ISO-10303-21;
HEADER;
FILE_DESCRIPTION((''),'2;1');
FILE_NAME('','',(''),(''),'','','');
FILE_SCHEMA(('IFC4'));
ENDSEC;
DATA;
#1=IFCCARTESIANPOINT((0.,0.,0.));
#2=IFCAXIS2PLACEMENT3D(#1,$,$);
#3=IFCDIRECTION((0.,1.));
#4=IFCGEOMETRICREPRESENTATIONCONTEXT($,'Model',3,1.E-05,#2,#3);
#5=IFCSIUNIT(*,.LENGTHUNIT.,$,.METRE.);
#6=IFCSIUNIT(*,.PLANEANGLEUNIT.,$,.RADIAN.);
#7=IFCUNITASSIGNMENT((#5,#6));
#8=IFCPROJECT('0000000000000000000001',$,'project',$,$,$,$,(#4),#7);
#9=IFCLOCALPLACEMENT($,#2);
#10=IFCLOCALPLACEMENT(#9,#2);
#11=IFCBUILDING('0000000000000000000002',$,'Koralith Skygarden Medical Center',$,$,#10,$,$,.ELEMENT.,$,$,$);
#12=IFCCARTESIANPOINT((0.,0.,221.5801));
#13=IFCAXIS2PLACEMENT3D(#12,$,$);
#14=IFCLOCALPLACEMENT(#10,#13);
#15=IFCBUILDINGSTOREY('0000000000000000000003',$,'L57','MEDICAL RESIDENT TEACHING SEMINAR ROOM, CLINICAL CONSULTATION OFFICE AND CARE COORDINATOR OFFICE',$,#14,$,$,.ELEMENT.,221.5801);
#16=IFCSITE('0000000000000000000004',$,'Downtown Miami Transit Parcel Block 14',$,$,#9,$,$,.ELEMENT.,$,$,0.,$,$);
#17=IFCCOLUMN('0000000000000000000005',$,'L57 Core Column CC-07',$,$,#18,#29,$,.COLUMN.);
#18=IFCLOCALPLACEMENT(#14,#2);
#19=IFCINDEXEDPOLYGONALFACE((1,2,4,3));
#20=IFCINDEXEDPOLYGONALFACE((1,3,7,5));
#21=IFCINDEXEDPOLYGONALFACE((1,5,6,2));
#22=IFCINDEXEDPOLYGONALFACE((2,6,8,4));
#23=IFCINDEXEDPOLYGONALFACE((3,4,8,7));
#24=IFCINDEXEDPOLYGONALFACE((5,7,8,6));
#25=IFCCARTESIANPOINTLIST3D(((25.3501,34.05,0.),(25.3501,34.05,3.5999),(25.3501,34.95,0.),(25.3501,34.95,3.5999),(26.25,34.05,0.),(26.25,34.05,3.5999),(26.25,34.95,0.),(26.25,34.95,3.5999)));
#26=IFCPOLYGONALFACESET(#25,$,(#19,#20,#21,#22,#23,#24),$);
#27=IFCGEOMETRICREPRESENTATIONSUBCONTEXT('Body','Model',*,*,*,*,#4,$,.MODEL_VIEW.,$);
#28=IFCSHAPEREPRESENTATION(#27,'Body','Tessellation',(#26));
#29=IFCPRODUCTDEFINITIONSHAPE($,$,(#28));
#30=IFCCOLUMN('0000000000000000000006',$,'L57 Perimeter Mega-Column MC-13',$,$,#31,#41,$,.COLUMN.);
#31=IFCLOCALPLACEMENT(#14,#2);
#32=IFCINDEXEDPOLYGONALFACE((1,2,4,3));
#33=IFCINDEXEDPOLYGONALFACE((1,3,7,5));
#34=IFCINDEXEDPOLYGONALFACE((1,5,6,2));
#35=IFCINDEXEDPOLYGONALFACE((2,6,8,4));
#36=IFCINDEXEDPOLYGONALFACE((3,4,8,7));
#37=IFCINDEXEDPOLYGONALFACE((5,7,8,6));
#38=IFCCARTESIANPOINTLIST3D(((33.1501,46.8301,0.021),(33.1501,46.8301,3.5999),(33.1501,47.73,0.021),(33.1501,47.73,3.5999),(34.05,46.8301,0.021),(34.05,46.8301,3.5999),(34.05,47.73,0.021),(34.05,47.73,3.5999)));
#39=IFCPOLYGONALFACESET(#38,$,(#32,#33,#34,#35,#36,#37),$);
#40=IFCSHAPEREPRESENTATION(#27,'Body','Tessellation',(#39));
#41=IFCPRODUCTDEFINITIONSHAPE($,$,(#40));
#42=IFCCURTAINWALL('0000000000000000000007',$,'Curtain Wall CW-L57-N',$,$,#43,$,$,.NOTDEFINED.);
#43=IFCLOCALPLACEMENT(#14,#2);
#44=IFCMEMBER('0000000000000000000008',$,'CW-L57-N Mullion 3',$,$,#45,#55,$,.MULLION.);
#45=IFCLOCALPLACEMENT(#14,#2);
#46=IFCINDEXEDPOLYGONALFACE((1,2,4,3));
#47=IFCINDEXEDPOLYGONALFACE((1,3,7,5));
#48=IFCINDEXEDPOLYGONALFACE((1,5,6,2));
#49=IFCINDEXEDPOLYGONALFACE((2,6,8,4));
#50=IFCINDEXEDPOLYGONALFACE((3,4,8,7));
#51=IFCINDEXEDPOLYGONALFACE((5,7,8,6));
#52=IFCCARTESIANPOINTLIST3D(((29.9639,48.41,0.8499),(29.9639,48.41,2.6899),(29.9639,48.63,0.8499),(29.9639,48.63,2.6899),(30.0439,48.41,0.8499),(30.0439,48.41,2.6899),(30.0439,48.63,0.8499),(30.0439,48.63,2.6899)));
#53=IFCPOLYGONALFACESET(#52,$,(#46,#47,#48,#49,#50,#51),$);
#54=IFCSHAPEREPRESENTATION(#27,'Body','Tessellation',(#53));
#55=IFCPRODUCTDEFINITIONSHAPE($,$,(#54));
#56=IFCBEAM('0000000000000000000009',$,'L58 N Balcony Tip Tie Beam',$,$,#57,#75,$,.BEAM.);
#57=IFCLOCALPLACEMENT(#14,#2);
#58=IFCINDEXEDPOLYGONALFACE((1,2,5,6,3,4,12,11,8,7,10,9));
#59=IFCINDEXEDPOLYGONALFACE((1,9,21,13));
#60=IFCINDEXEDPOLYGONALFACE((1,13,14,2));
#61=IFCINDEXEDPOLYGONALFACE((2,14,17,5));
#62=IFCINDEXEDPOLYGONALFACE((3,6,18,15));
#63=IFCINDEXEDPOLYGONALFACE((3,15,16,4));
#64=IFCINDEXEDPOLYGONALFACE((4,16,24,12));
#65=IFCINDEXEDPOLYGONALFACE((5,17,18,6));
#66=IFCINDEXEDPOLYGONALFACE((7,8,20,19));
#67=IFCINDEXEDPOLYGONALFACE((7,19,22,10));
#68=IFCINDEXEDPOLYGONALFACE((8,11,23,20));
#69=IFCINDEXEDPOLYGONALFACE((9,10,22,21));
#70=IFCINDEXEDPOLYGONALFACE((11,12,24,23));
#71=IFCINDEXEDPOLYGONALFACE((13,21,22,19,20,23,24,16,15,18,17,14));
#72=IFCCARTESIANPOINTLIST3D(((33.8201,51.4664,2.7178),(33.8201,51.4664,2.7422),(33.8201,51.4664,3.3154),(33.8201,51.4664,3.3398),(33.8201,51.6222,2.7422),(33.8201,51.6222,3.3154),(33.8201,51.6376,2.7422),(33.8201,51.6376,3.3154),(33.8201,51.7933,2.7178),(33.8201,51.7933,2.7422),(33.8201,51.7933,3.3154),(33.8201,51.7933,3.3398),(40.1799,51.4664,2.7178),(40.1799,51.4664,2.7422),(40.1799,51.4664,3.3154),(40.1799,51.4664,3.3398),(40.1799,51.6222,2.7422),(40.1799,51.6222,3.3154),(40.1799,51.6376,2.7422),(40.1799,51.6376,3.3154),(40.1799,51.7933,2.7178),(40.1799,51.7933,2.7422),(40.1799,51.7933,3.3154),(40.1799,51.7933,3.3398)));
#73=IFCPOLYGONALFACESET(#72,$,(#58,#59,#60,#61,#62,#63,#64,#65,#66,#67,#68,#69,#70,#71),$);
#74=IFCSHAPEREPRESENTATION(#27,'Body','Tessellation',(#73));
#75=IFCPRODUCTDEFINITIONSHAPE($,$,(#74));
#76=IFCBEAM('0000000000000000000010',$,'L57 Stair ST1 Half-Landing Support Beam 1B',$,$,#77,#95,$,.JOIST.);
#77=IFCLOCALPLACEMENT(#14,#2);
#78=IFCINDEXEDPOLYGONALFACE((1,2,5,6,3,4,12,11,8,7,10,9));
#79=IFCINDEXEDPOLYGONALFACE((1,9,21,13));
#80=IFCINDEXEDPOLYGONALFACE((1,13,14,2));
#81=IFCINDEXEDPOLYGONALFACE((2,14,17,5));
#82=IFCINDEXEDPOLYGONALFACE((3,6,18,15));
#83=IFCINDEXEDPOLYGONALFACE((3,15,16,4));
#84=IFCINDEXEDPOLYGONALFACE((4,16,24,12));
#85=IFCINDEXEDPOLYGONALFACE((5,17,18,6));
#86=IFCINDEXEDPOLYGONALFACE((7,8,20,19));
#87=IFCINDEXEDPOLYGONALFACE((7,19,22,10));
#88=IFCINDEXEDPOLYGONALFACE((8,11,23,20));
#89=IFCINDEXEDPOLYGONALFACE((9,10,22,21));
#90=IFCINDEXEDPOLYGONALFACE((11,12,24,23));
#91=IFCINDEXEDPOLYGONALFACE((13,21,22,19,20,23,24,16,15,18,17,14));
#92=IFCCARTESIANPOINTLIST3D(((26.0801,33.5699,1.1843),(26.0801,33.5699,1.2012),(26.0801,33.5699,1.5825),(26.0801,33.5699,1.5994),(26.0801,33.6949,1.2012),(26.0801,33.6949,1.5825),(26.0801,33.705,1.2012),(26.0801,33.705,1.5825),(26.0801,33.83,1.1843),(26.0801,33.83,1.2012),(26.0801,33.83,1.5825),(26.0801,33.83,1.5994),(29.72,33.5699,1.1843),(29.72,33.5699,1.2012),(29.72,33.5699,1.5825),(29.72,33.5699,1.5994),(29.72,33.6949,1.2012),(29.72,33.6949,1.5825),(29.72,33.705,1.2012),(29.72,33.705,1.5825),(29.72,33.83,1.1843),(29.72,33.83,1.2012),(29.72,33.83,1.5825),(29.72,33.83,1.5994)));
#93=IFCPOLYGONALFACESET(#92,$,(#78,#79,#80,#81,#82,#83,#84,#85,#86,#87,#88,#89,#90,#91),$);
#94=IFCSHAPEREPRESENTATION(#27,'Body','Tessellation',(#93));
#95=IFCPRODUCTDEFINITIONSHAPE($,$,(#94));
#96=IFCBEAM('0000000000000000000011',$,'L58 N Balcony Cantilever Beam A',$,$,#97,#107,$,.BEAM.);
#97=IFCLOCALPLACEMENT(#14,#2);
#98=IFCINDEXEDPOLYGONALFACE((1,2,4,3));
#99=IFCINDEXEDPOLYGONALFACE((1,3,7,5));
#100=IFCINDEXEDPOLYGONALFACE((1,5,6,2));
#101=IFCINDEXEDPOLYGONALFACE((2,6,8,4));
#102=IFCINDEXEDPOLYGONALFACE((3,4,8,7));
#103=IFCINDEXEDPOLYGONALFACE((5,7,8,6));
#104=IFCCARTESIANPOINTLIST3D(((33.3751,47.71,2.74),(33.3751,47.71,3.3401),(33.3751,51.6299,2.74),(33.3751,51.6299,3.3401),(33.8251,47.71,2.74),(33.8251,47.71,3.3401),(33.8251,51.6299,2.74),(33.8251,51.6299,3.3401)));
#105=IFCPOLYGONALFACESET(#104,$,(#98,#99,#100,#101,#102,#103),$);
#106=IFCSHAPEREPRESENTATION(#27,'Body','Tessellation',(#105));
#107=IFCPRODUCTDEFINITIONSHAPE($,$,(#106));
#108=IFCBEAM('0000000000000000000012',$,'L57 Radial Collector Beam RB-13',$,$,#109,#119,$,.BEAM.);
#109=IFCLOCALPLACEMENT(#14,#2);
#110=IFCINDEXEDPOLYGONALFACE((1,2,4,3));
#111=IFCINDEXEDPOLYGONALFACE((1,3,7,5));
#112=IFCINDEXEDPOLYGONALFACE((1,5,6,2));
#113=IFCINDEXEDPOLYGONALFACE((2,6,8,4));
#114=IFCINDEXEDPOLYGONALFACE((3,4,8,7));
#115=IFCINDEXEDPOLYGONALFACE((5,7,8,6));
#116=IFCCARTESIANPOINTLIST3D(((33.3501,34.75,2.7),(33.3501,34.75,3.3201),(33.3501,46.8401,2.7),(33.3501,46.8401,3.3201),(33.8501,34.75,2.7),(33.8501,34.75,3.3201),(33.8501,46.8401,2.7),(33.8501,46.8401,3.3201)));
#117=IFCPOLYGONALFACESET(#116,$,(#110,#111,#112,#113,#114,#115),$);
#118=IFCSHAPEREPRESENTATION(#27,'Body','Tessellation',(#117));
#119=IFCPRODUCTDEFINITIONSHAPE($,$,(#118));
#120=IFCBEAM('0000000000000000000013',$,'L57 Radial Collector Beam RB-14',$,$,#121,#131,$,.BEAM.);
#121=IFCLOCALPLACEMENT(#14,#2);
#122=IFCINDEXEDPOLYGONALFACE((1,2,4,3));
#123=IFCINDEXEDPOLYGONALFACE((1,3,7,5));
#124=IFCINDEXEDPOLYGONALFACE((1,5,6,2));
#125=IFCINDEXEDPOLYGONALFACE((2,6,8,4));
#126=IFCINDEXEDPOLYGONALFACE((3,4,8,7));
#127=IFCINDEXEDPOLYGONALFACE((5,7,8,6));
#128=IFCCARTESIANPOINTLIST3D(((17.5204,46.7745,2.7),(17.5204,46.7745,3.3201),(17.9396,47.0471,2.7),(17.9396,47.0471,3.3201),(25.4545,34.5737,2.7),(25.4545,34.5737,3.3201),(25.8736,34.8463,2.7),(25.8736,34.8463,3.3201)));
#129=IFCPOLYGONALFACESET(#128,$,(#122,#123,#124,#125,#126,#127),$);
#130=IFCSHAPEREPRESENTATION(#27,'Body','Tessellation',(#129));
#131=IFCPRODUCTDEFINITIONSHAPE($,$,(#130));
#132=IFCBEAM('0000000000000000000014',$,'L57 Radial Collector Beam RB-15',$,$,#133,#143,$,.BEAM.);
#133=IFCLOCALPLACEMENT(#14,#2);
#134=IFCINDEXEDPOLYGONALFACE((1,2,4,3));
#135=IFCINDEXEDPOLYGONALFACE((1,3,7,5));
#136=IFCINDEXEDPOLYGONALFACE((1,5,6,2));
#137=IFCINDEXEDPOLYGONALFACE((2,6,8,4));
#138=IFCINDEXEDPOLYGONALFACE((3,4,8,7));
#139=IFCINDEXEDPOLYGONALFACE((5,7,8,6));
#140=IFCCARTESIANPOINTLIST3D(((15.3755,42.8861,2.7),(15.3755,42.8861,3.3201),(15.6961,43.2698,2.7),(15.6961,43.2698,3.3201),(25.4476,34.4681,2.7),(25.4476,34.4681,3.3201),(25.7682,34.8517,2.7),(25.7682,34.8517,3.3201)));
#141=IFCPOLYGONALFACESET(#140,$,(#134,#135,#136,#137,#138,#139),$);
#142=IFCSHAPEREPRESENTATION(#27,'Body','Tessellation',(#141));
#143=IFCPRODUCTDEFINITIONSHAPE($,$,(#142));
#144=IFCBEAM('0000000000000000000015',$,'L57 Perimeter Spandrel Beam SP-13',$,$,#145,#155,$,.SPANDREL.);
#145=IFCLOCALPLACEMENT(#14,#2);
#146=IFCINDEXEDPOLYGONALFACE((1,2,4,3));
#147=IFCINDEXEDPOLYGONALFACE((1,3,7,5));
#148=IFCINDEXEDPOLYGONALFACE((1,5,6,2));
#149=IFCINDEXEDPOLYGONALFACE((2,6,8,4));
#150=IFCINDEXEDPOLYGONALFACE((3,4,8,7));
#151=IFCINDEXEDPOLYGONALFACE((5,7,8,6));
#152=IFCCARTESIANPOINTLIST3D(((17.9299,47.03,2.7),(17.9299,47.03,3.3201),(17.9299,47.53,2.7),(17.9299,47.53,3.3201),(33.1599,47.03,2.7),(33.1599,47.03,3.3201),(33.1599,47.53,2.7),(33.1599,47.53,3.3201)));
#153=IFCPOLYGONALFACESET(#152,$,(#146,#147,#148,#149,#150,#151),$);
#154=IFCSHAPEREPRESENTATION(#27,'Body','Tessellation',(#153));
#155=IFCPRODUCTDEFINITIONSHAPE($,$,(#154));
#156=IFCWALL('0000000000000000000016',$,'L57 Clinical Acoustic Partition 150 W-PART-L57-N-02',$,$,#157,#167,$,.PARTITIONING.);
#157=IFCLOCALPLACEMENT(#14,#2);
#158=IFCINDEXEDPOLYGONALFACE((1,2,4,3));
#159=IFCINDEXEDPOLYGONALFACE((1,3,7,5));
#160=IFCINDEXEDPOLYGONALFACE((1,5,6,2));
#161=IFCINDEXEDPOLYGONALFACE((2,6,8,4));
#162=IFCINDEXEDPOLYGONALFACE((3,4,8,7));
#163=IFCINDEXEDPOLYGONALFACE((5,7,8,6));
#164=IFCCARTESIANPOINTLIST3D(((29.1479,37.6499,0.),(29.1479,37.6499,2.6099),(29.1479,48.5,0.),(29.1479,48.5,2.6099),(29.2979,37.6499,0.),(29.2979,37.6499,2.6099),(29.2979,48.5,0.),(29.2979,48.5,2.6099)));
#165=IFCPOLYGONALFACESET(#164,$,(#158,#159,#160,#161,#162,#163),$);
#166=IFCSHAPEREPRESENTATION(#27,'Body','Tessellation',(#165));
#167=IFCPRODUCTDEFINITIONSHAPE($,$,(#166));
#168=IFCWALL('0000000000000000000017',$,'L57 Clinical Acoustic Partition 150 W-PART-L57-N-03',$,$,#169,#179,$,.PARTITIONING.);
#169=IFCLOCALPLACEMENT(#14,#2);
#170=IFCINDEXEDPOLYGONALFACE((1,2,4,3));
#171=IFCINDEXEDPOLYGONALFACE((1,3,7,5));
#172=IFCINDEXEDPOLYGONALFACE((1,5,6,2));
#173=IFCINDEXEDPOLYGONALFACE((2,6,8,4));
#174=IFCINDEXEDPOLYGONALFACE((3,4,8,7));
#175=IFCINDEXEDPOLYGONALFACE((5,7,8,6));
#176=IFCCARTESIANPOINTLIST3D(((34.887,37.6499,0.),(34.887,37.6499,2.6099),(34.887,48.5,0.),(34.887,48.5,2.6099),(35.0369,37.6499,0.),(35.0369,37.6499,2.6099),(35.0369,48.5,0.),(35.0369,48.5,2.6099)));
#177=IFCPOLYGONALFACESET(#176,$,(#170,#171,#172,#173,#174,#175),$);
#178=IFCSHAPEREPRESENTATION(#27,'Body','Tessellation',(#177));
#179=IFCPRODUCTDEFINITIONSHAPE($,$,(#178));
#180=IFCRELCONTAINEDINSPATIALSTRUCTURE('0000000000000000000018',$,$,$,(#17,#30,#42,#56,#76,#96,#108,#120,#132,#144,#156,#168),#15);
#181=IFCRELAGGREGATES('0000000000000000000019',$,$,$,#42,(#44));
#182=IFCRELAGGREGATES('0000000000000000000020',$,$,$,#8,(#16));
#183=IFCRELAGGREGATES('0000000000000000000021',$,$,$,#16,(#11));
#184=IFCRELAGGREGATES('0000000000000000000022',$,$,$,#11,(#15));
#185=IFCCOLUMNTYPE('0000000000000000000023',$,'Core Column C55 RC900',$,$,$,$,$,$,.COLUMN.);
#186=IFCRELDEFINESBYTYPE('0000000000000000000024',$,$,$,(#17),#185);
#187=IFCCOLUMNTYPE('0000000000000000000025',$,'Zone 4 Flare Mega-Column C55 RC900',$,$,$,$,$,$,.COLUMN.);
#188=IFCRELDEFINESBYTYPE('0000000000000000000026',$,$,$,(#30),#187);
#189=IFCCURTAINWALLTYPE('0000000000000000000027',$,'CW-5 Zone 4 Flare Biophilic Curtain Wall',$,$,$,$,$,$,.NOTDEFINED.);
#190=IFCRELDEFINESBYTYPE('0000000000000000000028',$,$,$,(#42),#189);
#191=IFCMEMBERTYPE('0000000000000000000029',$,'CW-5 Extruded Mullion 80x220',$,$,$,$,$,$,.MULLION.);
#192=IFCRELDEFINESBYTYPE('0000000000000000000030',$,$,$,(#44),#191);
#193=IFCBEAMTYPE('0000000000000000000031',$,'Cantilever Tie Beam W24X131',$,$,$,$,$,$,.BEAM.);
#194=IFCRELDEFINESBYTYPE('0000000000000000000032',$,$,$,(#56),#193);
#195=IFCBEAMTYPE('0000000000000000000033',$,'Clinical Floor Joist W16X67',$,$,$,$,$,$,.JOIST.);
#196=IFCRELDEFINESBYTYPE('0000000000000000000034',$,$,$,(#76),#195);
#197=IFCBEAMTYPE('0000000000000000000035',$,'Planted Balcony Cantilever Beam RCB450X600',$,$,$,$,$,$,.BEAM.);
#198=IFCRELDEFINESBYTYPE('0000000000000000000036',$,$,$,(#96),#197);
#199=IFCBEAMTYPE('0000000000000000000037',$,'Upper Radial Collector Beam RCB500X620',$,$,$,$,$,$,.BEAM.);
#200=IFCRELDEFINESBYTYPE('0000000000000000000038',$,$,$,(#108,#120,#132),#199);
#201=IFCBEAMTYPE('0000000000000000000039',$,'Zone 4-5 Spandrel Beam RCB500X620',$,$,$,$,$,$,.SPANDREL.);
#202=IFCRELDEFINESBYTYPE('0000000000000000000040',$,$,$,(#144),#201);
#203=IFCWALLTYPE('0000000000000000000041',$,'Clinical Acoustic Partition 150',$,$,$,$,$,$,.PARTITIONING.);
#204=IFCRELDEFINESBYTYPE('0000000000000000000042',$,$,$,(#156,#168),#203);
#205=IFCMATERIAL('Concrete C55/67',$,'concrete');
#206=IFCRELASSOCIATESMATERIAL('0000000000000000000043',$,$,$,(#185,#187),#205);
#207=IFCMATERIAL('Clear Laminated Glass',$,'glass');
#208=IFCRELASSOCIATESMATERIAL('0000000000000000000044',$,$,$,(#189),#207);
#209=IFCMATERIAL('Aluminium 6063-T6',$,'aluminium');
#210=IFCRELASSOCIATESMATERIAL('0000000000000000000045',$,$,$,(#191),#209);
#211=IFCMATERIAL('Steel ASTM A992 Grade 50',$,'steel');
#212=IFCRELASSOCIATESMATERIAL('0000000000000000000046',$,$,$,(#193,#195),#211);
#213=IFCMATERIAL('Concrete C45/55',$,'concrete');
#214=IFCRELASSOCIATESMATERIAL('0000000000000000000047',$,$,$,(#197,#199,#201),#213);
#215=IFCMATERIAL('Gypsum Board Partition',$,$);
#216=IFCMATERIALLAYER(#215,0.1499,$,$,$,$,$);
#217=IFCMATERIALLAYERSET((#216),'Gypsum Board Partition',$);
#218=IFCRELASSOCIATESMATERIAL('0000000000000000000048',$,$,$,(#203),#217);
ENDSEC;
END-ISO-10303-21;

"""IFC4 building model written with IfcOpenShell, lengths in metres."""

from ifc_helpers import new_model, si_unit, direction, frame, frame_2d, origin, origin_2d, place, context, subcontext, project, spatial, rectangle, i_section, extrude, material, layer, layer_set, material_profile, profile_set, type_object, element, aggregate, save


model = new_model("IFC4")

# Units and contexts
model_context = context("Model", 3, precision=1e-05, world=origin(), true_north=direction((0.0, 1.0)))
body_context = subcontext(model_context, "Body", "Model", "MODEL_VIEW")
ifc_project = project(units=[si_unit("LENGTHUNIT", "METRE"), si_unit("PLANEANGLEUNIT", "RADIAN")], contexts=[model_context])

# Site, building, storey
site_placement = place(None, origin())
site = spatial("IfcSite", under=ifc_project, at=site_placement, Name="Downtown Miami Transit Parcel Block 14", CompositionType="ELEMENT", RefElevation=0.0)
building_placement = place(site_placement, origin())
building = spatial("IfcBuilding", under=site, at=building_placement, Name="Koralith Skygarden Medical Center", CompositionType="ELEMENT")
storey_placement = place(building_placement, frame((0.0, 0.0, 221.5801)))
storey = spatial("IfcBuildingStorey", under=building, at=storey_placement, Name="L57", Description="MEDICAL RESIDENT TEACHING SEMINAR ROOM, CLINICAL CONSULTATION OFFICE AND CARE COORDINATOR OFFICE", CompositionType="ELEMENT", Elevation=221.5801)

# Columns
ifc_material_1 = material(Name="Concrete C55/67", Category="concrete")
ifc_material_profile_1 = material_profile(ifc_material_1, rectangle(XDim=0.8999, YDim=0.8999, at=origin_2d()), Name="RC900X900")
ifc_profile_set_1 = profile_set([ifc_material_profile_1], Name="Concrete C55/67")
column_type_1 = type_object("IfcColumnType", Name="Core Column C55 RC900", PredefinedType="COLUMN", material=ifc_profile_set_1)
column_1_placement = place(storey_placement, frame((25.8, 34.5, 0.0), z_axis=(0.0, 0.0, 1.0), x_axis=(1.0, 0.0, 0.0)))
element("IfcColumn", 1, at=column_1_placement, inside=storey, type_object=column_type_1, Name="L57 Core Column CC-07", PredefinedType="COLUMN", context=body_context, shape_type="SweptSolid", body=[
    extrude(rectangle(XDim=0.8999, YDim=0.8999, at=origin_2d()), origin(), (0.0, 0.0, 1.0), 3.5999),
])
ifc_material_profile_2 = material_profile(ifc_material_1, rectangle(XDim=0.8999, YDim=0.8999, at=origin_2d()), Name="RC900X900")
ifc_profile_set_2 = profile_set([ifc_material_profile_2], Name="Concrete C55/67")
column_type_2 = type_object("IfcColumnType", Name="Zone 4 Flare Mega-Column C55 RC900", PredefinedType="COLUMN", material=ifc_profile_set_2)
column_2_placement = place(storey_placement, frame((33.6001, 47.28, 0.021), z_axis=(0.0, 0.0, 1.0), x_axis=(1.0, 0.0, 0.0)))
element("IfcColumn", 2, at=column_2_placement, inside=storey, type_object=column_type_2, Name="L57 Perimeter Mega-Column MC-13", PredefinedType="COLUMN", context=body_context, shape_type="SweptSolid", body=[
    extrude(rectangle(XDim=0.8999, YDim=0.8999, at=origin_2d()), origin(), (0.0, 0.0, 1.0), 3.5789),
])

# Curtain wall, member
ifc_material_2 = material(Name="Clear Laminated Glass", Category="glass")
curtain_wall_type = type_object("IfcCurtainWallType", Name="CW-5 Zone 4 Flare Biophilic Curtain Wall", PredefinedType="NOTDEFINED", material=ifc_material_2)
curtain_wall_placement = place(storey_placement, origin())
curtain_wall = element("IfcCurtainWall", 3, at=curtain_wall_placement, inside=storey, type_object=curtain_wall_type, Name="Curtain Wall CW-L57-N", PredefinedType="NOTDEFINED")
ifc_material_3 = material(Name="Aluminium 6063-T6", Category="aluminium")
ifc_material_profile_3 = material_profile(ifc_material_3, rectangle(XDim=0.0801, YDim=0.22, at=origin_2d()), Name="MUL80X220")
ifc_profile_set_3 = profile_set([ifc_material_profile_3], Name="Aluminium 6063-T6")
member_type = type_object("IfcMemberType", Name="CW-5 Extruded Mullion 80x220", PredefinedType="MULLION", material=ifc_profile_set_3)
member_placement = place(storey_placement, frame((30.0039, 48.52, 0.8499), z_axis=(0.0, 0.0, 1.0), x_axis=(1.0, 0.0, 0.0)))
member = element("IfcMember", 4, at=member_placement, type_object=member_type, Name="CW-L57-N Mullion 3", PredefinedType="MULLION", context=body_context, shape_type="SweptSolid", body=[
    extrude(rectangle(XDim=0.0801, YDim=0.22, at=origin_2d()), origin(), (0.0, 0.0, 1.0), 1.8401),
])
aggregate(curtain_wall, [member])

# Beams
ifc_material_4 = material(Name="Steel ASTM A992 Grade 50", Category="steel")
ifc_material_profile_4 = material_profile(ifc_material_4, i_section(OverallWidth=0.3269, OverallDepth=0.6221, WebThickness=0.0154, FlangeThickness=0.0244, at=origin_2d()), Name="W24X131")
ifc_profile_set_4 = profile_set([ifc_material_profile_4], Name="Steel ASTM A992 Grade 50")
beam_type_1 = type_object("IfcBeamType", Name="Cantilever Tie Beam W24X131", PredefinedType="BEAM", material=ifc_profile_set_4)
beam_1_placement = place(storey_placement, frame((33.8201, 51.6299, 3.0288), z_axis=(1.0, 0.0, 0.0), x_axis=(0.0, 1.0, 0.0)))
element("IfcBeam", 5, at=beam_1_placement, inside=storey, type_object=beam_type_1, Name="L58 N Balcony Tip Tie Beam", PredefinedType="BEAM", context=body_context, shape_type="SweptSolid", body=[
    extrude(i_section(OverallWidth=0.3269, OverallDepth=0.6221, WebThickness=0.0154, FlangeThickness=0.0244, at=origin_2d()), origin(), (0.0, 0.0, 1.0), 6.3599),
])
ifc_material_profile_5 = material_profile(ifc_material_4, i_section(OverallWidth=0.26, OverallDepth=0.415, WebThickness=0.01, FlangeThickness=0.0168, at=origin_2d()), Name="W16X67")
ifc_profile_set_5 = profile_set([ifc_material_profile_5], Name="Steel ASTM A992 Grade 50")
beam_type_2 = type_object("IfcBeamType", Name="Clinical Floor Joist W16X67", PredefinedType="JOIST", material=ifc_profile_set_5)
beam_2_placement = place(storey_placement, frame((26.0801, 33.7, 1.3918), z_axis=(1.0, 0.0, 0.0), x_axis=(0.0, 1.0, 0.0)))
element("IfcBeam", 6, at=beam_2_placement, inside=storey, type_object=beam_type_2, Name="L57 Stair ST1 Half-Landing Support Beam 1B", PredefinedType="JOIST", context=body_context, shape_type="SweptSolid", body=[
    extrude(i_section(OverallWidth=0.26, OverallDepth=0.415, WebThickness=0.01, FlangeThickness=0.0168, at=origin_2d()), origin(), (0.0, 0.0, 1.0), 3.6399),
])
ifc_material_5 = material(Name="Concrete C45/55", Category="concrete")
ifc_material_profile_6 = material_profile(ifc_material_5, rectangle(XDim=0.45, YDim=0.6001, at=origin_2d()), Name="RCB450X600")
ifc_profile_set_6 = profile_set([ifc_material_profile_6], Name="Concrete C45/55")
beam_type_3 = type_object("IfcBeamType", Name="Planted Balcony Cantilever Beam RCB450X600", PredefinedType="BEAM", material=ifc_profile_set_6)
beam_3_placement = place(storey_placement, frame((33.6001, 47.71, 3.04), z_axis=(0.0, 1.0, 0.0), x_axis=(-1.0, 0.0, 0.0)))
element("IfcBeam", 7, at=beam_3_placement, inside=storey, type_object=beam_type_3, Name="L58 N Balcony Cantilever Beam A", PredefinedType="BEAM", context=body_context, shape_type="SweptSolid", body=[
    extrude(rectangle(XDim=0.45, YDim=0.6001, at=origin_2d()), origin(), (0.0, 0.0, 1.0), 3.9199),
])
ifc_material_profile_7 = material_profile(ifc_material_5, rectangle(XDim=0.5, YDim=0.6201, at=origin_2d()), Name="RCB500X620")
ifc_profile_set_7 = profile_set([ifc_material_profile_7], Name="Concrete C45/55")
beam_type_4 = type_object("IfcBeamType", Name="Upper Radial Collector Beam RCB500X620", PredefinedType="BEAM", material=ifc_profile_set_7)
beam_4_placement = place(storey_placement, frame((33.6001, 34.75, 3.01), z_axis=(0.0, 1.0, 0.0), x_axis=(-1.0, 0.0, 0.0)))
element("IfcBeam", 8, at=beam_4_placement, inside=storey, type_object=beam_type_4, Name="L57 Radial Collector Beam RB-13", PredefinedType="BEAM", context=body_context, shape_type="SweptSolid", body=[
    extrude(rectangle(XDim=0.5, YDim=0.6201, at=origin_2d()), origin(), (0.0, 0.0, 1.0), 12.0901),
])
beam_5_placement = place(storey_placement, frame((25.6641, 34.71, 3.01), z_axis=(-0.545156, 0.838334, 0.0), x_axis=(-0.838334, -0.545156, 0.0)))
element("IfcBeam", 9, at=beam_5_placement, inside=storey, type_object=beam_type_4, Name="L57 Radial Collector Beam RB-14", PredefinedType="BEAM", context=body_context, shape_type="SweptSolid", body=[
    extrude(rectangle(XDim=0.5, YDim=0.6201, at=origin_2d()), origin(), (0.0, 0.0, 1.0), 14.5537),
])
beam_6_placement = place(storey_placement, frame((25.6079, 34.6599, 3.01), z_axis=(-0.767298, 0.641291, 0.0), x_axis=(-0.641291, -0.767298, 0.0)))
element("IfcBeam", 10, at=beam_6_placement, inside=storey, type_object=beam_type_4, Name="L57 Radial Collector Beam RB-15", PredefinedType="BEAM", context=body_context, shape_type="SweptSolid", body=[
    extrude(rectangle(XDim=0.5, YDim=0.6201, at=origin_2d()), origin(), (0.0, 0.0, 1.0), 13.1267),
])
ifc_material_profile_8 = material_profile(ifc_material_5, rectangle(XDim=0.5, YDim=0.6201, at=origin_2d()), Name="RCB500X620")
ifc_profile_set_8 = profile_set([ifc_material_profile_8], Name="Concrete C45/55")
beam_type_5 = type_object("IfcBeamType", Name="Zone 4-5 Spandrel Beam RCB500X620", PredefinedType="SPANDREL", material=ifc_profile_set_8)
beam_7_placement = place(storey_placement, frame((33.1599, 47.28, 3.01), z_axis=(-1.0, 0.0, 0.0), x_axis=(0.0, -1.0, 0.0)))
element("IfcBeam", 11, at=beam_7_placement, inside=storey, type_object=beam_type_5, Name="L57 Perimeter Spandrel Beam SP-13", PredefinedType="SPANDREL", context=body_context, shape_type="SweptSolid", body=[
    extrude(rectangle(XDim=0.5, YDim=0.6201, at=origin_2d()), origin(), (0.0, 0.0, 1.0), 15.23),
])

# Walls
ifc_material_6 = material(Name="Gypsum Board Partition")
ifc_layer_1 = layer(ifc_material_6, 0.1499)
ifc_layer_set_1 = layer_set([ifc_layer_1], Name="Gypsum Board Partition")
wall_type_1 = type_object("IfcWallType", Name="Clinical Acoustic Partition 150", PredefinedType="PARTITIONING", material=ifc_layer_set_1)
for number, where, z_axis, x_axis, name in (
    (12, (29.2229, 37.6499, 0.0), (0.0, 0.0, 1.0), (0.0, 1.0, 0.0), "L57 Clinical Acoustic Partition 150 W-PART-L57-N-02"),
    (13, (34.9619, 37.6499, 0.0), (0.0, 0.0, 1.0), (0.0, 1.0, 0.0), "L57 Clinical Acoustic Partition 150 W-PART-L57-N-03"),
):
    element("IfcWall", number, at=place(storey_placement, frame(where, z_axis=z_axis, x_axis=x_axis)), inside=storey, type_object=wall_type_1, Name=name, PredefinedType="PARTITIONING", context=body_context, shape_type="SweptSolid", body=[
        extrude(rectangle(XDim=10.8501, YDim=0.1499, at=frame_2d((5.425, 0.0))), origin(), (0.0, 0.0, 1.0), 2.6099),
    ])

save(model, "model.ifc")
